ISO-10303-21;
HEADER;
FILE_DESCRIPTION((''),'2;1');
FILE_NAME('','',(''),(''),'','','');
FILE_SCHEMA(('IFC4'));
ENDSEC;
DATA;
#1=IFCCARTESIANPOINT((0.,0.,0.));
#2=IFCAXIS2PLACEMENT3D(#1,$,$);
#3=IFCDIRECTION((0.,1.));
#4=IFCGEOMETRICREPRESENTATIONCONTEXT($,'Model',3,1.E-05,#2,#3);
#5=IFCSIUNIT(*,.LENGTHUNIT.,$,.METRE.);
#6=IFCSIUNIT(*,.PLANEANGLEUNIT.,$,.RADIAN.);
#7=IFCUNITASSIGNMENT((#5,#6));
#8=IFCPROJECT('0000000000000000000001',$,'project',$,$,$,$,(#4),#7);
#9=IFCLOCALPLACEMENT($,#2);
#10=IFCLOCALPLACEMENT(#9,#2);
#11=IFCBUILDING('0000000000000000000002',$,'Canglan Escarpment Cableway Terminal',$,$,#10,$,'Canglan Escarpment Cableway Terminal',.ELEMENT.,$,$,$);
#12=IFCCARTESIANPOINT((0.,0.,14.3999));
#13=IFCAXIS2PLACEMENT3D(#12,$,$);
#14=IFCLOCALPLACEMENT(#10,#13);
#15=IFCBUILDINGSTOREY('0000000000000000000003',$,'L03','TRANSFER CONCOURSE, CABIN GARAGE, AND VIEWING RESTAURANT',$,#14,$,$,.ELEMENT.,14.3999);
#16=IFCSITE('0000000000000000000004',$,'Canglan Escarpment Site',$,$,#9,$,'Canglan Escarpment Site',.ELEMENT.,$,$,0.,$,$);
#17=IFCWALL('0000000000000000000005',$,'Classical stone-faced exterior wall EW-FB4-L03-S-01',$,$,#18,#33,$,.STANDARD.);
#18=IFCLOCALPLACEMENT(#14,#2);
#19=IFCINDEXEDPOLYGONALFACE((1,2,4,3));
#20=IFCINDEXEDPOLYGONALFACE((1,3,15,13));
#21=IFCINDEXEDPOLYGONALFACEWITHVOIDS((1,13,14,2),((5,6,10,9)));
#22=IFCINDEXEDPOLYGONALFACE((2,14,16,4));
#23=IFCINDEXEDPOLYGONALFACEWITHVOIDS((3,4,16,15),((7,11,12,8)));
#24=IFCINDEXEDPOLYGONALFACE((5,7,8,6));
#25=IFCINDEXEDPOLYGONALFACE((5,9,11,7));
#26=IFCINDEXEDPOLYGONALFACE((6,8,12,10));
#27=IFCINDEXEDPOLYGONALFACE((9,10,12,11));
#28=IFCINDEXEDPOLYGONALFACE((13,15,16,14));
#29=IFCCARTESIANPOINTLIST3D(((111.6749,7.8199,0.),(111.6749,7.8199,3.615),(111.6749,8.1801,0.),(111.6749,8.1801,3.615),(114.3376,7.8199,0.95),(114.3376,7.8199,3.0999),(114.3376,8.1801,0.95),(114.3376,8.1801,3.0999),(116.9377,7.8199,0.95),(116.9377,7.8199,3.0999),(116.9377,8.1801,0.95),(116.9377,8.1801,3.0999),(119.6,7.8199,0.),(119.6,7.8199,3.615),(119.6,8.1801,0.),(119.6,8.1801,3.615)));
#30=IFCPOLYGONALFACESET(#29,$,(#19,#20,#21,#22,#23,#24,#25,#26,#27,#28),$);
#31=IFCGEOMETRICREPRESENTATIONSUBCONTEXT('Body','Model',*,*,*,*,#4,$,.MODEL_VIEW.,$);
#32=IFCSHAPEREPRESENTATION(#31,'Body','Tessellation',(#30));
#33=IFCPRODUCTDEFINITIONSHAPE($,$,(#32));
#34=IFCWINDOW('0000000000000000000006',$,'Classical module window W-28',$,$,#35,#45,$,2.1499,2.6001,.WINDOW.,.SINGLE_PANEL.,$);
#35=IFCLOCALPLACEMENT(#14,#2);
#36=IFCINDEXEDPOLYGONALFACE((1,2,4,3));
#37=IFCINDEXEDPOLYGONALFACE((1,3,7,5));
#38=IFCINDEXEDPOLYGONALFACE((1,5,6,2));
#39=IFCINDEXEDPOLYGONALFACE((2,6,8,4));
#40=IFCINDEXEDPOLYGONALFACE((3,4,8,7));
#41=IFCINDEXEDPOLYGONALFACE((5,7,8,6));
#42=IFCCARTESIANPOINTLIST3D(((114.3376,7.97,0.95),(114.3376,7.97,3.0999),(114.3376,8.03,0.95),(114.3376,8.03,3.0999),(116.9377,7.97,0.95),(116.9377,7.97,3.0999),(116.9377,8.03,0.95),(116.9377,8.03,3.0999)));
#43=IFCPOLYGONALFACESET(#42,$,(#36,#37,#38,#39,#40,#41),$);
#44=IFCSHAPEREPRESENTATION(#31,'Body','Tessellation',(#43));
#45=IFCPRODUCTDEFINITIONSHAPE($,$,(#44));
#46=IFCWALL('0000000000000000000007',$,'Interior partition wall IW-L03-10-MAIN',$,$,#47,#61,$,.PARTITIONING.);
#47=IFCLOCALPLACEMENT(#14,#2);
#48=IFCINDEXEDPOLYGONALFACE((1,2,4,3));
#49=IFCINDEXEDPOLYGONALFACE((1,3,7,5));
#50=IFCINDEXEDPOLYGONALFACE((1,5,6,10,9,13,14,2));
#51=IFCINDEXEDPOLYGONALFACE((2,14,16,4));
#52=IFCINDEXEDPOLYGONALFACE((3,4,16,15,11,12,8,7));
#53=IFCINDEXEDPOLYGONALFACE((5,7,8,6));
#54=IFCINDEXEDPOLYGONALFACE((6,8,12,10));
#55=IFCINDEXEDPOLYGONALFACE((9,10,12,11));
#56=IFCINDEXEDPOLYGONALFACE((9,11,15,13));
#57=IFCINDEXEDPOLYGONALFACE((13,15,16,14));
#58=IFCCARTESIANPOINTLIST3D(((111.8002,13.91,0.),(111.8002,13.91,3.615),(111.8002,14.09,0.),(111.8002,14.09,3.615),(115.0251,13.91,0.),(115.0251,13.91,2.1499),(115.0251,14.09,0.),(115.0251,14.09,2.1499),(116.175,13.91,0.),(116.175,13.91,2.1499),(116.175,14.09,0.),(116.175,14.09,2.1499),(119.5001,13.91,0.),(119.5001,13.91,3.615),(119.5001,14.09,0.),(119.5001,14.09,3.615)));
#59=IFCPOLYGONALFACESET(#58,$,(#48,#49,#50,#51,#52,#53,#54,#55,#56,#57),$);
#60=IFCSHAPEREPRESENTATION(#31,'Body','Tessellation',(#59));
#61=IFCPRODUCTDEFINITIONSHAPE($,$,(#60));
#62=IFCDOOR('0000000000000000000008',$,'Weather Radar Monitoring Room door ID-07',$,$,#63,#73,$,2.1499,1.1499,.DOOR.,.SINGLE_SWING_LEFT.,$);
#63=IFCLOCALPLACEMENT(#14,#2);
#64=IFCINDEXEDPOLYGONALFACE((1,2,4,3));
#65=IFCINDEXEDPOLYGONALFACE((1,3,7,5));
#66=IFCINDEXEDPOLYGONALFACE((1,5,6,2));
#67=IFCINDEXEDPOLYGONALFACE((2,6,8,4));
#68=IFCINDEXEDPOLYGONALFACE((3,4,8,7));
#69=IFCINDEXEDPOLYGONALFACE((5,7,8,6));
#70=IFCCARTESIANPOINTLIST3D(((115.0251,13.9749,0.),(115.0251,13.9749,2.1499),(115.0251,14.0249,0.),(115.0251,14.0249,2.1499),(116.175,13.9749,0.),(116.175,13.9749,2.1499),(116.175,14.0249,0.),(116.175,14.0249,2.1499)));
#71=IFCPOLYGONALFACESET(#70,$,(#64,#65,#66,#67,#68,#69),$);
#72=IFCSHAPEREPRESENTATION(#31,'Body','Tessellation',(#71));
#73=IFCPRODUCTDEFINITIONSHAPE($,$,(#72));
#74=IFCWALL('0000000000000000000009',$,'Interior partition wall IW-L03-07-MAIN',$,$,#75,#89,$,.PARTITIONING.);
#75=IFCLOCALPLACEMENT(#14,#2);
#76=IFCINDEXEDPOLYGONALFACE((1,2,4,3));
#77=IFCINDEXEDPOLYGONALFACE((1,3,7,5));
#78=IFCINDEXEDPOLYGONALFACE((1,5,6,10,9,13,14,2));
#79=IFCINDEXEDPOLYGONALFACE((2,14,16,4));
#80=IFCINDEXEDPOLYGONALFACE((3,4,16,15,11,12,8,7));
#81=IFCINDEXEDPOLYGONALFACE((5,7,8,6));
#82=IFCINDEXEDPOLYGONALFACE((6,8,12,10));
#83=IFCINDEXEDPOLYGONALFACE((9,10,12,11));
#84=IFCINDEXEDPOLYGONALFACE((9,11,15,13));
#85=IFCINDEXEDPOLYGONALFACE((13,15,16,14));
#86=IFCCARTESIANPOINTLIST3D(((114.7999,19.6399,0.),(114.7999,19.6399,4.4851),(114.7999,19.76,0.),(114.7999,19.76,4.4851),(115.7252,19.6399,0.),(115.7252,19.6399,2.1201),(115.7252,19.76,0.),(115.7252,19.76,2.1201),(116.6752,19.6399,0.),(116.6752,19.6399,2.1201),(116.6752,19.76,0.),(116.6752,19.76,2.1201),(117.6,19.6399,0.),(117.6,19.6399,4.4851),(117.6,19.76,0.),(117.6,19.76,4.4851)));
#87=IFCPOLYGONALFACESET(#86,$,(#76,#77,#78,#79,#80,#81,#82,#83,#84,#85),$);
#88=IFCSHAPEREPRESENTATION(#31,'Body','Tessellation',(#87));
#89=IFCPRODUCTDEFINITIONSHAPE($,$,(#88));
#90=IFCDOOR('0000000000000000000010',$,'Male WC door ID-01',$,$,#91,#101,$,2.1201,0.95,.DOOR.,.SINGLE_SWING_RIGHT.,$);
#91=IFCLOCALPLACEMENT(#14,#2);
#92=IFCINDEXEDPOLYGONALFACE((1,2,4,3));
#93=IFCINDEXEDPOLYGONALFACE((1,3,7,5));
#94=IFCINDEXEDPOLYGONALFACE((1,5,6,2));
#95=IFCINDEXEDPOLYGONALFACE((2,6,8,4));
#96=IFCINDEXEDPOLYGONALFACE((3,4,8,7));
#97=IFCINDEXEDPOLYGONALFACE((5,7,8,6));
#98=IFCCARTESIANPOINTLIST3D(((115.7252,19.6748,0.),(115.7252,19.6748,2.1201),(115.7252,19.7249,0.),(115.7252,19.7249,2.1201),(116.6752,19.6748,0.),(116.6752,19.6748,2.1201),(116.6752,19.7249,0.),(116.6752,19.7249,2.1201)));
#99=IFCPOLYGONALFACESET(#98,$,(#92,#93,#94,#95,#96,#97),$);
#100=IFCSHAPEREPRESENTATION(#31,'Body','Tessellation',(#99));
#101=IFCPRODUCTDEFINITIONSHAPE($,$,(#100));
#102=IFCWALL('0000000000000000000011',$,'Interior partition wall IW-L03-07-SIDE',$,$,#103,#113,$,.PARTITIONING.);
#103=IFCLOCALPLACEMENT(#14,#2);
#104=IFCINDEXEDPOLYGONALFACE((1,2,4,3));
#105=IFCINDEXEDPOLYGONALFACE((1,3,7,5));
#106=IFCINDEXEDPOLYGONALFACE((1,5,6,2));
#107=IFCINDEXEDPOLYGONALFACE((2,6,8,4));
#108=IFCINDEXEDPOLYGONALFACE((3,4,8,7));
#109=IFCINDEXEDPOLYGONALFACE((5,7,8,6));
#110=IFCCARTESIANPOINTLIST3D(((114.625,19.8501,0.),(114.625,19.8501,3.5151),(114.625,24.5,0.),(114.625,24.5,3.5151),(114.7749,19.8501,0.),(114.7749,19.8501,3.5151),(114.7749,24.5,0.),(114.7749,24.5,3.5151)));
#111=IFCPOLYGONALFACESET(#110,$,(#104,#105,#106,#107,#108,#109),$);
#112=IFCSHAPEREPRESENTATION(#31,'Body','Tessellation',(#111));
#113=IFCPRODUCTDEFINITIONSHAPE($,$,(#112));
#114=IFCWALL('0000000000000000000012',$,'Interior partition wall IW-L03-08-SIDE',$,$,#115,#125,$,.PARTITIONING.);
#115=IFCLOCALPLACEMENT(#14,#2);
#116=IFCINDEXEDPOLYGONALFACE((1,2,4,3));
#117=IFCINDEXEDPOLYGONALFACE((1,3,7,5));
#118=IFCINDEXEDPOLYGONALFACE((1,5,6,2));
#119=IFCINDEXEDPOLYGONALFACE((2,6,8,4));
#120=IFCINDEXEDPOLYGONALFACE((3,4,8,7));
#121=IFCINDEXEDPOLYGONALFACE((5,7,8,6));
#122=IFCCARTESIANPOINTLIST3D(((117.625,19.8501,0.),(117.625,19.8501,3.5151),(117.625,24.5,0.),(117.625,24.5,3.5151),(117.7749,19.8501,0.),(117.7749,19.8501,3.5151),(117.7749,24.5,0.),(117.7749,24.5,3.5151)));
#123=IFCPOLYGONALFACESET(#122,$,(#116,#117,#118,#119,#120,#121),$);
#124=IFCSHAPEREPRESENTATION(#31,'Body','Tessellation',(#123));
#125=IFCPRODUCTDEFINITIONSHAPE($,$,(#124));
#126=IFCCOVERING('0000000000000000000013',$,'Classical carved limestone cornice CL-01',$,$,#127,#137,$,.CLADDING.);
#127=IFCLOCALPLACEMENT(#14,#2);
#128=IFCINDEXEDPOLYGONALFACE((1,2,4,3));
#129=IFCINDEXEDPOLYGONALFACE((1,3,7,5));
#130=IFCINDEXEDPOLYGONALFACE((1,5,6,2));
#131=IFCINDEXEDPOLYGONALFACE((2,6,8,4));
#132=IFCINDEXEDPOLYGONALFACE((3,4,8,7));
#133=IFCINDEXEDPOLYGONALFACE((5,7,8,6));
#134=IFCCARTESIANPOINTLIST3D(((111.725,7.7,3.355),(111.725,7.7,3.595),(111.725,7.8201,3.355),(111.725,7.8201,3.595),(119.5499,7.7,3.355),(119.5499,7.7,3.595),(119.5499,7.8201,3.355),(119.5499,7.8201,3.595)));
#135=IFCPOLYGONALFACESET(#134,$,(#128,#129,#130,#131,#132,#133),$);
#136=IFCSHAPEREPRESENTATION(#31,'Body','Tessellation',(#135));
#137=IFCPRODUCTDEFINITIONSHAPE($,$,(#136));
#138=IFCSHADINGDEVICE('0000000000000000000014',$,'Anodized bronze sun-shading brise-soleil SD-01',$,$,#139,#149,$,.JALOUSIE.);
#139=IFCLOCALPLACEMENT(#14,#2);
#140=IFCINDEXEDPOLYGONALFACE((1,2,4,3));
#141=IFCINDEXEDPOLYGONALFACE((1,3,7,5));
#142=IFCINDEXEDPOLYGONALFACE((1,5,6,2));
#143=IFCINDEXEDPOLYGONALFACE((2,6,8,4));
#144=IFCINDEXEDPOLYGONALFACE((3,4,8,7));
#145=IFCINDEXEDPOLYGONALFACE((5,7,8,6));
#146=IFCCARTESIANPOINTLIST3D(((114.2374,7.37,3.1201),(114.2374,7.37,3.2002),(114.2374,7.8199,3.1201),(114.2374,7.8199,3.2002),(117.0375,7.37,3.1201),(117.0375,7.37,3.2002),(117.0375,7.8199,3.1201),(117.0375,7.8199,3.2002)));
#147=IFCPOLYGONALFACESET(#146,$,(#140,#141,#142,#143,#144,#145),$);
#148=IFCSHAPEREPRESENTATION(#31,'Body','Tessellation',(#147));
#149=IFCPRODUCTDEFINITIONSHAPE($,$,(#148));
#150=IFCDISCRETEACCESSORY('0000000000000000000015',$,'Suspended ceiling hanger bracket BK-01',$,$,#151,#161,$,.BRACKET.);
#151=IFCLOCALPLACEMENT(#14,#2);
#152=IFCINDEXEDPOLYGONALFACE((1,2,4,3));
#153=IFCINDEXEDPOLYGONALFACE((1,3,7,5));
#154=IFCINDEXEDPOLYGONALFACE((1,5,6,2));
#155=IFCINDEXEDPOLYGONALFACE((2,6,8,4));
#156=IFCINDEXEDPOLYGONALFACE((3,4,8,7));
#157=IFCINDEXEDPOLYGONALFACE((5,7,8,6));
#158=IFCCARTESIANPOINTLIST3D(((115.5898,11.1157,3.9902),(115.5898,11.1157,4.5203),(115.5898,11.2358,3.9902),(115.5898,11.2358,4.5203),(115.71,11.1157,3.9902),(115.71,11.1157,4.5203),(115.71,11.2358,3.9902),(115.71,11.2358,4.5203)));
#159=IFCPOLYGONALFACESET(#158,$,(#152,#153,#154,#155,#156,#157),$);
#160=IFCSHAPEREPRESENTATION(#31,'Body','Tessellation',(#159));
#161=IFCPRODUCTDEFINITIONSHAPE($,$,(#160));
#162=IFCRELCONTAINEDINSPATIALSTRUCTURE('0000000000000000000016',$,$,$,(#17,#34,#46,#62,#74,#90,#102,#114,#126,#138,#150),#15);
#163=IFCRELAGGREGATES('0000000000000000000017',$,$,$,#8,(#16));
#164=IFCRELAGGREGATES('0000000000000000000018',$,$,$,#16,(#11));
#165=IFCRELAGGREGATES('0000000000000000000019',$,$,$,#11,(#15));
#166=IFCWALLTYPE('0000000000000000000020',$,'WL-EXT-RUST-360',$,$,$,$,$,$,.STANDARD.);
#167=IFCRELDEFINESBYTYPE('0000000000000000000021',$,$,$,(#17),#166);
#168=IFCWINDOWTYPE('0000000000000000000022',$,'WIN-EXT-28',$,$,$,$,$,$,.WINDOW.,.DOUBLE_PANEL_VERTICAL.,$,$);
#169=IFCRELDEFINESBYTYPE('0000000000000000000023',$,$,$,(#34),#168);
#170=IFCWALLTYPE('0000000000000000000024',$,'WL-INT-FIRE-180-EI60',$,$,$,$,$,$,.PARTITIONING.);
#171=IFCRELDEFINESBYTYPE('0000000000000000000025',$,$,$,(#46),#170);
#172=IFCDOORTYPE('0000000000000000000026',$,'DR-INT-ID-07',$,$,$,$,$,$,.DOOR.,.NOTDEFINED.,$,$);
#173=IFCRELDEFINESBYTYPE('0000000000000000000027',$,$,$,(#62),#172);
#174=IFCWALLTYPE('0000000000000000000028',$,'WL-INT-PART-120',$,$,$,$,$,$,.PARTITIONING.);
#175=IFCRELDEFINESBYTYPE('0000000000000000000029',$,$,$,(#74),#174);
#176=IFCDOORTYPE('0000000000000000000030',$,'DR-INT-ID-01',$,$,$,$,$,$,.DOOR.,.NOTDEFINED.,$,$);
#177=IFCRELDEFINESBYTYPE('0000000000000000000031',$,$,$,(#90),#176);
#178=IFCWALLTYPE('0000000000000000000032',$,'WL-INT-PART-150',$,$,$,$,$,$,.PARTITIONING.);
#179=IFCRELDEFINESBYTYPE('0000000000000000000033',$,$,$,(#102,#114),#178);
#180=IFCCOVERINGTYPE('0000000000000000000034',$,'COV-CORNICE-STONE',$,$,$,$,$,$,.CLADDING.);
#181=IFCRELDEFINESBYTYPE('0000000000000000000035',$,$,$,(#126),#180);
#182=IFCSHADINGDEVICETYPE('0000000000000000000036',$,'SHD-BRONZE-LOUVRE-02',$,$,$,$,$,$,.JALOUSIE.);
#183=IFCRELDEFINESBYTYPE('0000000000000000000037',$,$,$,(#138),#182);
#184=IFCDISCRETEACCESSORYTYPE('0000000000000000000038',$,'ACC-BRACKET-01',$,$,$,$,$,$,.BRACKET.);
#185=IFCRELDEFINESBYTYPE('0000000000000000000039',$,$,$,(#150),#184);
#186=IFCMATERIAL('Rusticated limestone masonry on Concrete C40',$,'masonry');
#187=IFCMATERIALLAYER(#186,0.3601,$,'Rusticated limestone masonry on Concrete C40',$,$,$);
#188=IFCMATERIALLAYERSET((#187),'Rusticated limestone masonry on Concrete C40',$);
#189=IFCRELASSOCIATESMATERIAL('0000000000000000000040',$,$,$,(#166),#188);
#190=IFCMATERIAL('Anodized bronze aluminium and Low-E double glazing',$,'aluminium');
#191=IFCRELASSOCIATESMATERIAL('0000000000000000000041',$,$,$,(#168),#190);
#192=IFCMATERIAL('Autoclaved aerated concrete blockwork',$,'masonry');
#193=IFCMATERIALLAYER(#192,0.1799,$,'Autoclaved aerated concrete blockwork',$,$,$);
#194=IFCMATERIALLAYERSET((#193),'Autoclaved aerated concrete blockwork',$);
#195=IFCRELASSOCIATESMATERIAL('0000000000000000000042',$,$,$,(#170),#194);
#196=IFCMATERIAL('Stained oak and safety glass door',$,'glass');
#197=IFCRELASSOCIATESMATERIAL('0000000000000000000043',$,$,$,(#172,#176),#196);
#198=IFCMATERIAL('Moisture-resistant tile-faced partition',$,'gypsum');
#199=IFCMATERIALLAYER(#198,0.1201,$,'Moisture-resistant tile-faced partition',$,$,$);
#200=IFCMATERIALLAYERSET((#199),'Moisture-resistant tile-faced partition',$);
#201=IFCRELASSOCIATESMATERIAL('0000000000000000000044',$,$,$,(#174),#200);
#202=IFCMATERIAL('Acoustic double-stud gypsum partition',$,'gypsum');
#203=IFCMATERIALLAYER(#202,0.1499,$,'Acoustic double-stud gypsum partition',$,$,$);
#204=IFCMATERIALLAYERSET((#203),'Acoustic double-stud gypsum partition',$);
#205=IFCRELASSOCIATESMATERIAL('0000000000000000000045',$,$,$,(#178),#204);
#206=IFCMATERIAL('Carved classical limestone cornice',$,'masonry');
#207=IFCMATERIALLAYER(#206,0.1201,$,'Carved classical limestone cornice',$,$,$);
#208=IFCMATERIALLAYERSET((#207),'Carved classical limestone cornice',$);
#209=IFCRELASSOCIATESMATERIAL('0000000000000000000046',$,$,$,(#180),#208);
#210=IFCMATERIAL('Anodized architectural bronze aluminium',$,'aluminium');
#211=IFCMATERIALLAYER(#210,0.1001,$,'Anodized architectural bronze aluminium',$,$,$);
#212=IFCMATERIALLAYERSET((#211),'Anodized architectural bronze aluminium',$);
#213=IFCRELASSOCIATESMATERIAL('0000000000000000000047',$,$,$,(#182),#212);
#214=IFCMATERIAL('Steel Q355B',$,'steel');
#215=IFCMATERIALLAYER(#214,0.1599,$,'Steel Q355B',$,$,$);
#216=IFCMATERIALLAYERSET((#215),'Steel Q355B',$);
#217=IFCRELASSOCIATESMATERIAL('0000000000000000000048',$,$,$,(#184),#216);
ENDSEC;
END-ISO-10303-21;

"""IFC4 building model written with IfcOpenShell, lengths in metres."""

from ifc_helpers import new_model, si_unit, direction, frame, frame_2d, origin, origin_2d, place, context, subcontext, project, spatial, rectangle, extrude, material, layer, layer_set, type_object, element, fill, save


model = new_model("IFC4")

# Units and contexts
model_context = context("Model", 3, precision=1e-05, world=origin(), true_north=direction((0.0, 1.0)))
body_context = subcontext(model_context, "Body", "Model", "MODEL_VIEW")
ifc_project = project(units=[si_unit("LENGTHUNIT", "METRE"), si_unit("PLANEANGLEUNIT", "RADIAN")], contexts=[model_context])

# Site, building, storey
site_placement = place(None, origin())
site = spatial("IfcSite", under=ifc_project, at=site_placement, Name="Canglan Escarpment Site", LongName="Canglan Escarpment Site", CompositionType="ELEMENT", RefElevation=0.0)
building_placement = place(site_placement, origin())
building = spatial("IfcBuilding", under=site, at=building_placement, Name="Canglan Escarpment Cableway Terminal", LongName="Canglan Escarpment Cableway Terminal", CompositionType="ELEMENT")
storey_placement = place(building_placement, frame((0.0, 0.0, 14.3999)))
storey = spatial("IfcBuildingStorey", under=building, at=storey_placement, Name="L03", Description="TRANSFER CONCOURSE, CABIN GARAGE, AND VIEWING RESTAURANT", CompositionType="ELEMENT", Elevation=14.3999)

# Shared definitions
ifc_material_1 = material(Name="Anodized bronze aluminium and Low-E double glazing", Category="aluminium")

# Shared definitions
ifc_material_2 = material(Name="Steel Q355B", Category="steel")

# Wall, opening, window
ifc_material_3 = material(Name="Rusticated limestone masonry on Concrete C40", Category="masonry")
ifc_layer_1 = layer(ifc_material_3, 0.3601, Name="Rusticated limestone masonry on Concrete C40")
ifc_layer_set_1 = layer_set([ifc_layer_1], Name="Rusticated limestone masonry on Concrete C40")
wall_type_1 = type_object("IfcWallType", Name="WL-EXT-RUST-360", PredefinedType="STANDARD", material=ifc_layer_set_1)
wall_1_placement = place(storey_placement, frame((111.675, 8.0, 0.0), z_axis=(0.0, 0.0, 1.0), x_axis=(1.0, 0.0, 0.0)))
wall_1 = element("IfcWall", 1, at=wall_1_placement, inside=storey, type_object=wall_type_1, Name="Classical stone-faced exterior wall EW-FB4-L03-S-01", PredefinedType="STANDARD", context=body_context, shape_type="SweptSolid", body=[
    extrude(rectangle(XDim=7.925, YDim=0.3601, at=frame_2d((3.9624, 0.0))), origin(), (0.0, 0.0, 1.0), 3.615),
])
opening_1_placement = place(wall_1_placement, frame((2.6626, 0.0, 0.95)))
opening_1 = element("IfcOpeningElement", 2, at=opening_1_placement, cuts=wall_1, PredefinedType="OPENING", context=body_context, shape_type="SweptSolid", body=[
    extrude(rectangle(XDim=2.6001, YDim=2.1499, at=frame_2d((1.3, 1.075))), frame((0.0, 0.1899, 0.0), z_axis=(0.0, -1.0, 0.0), x_axis=(1.0, 0.0, 0.0)), (0.0, 0.0, 1.0), 0.3801),
])
window_type = type_object("IfcWindowType", Name="WIN-EXT-28", PartitioningType="DOUBLE_PANEL_VERTICAL", PredefinedType="WINDOW", material=ifc_material_1)
window_placement = place(opening_1_placement, origin())
window = element("IfcWindow", 3, at=window_placement, inside=storey, type_object=window_type, Name="Classical module window W-28", OverallHeight=2.1499, OverallWidth=2.6001, PartitioningType="SINGLE_PANEL", PredefinedType="WINDOW", context=body_context, shape_type="SweptSolid", body=[
    extrude(rectangle(XDim=2.6001, YDim=2.1499, at=frame_2d((1.3, 1.075))), frame((0.0, 0.03, 0.0), z_axis=(0.0, -1.0, 0.0), x_axis=(1.0, 0.0, 0.0)), (0.0, 0.0, 1.0), 0.0601),
])
fill(opening_1, window)

# Walls, openings, doors
ifc_material_4 = material(Name="Autoclaved aerated concrete blockwork", Category="masonry")
ifc_layer_2 = layer(ifc_material_4, 0.1799, Name="Autoclaved aerated concrete blockwork")
ifc_layer_set_2 = layer_set([ifc_layer_2], Name="Autoclaved aerated concrete blockwork")
wall_type_2 = type_object("IfcWallType", Name="WL-INT-FIRE-180-EI60", PredefinedType="PARTITIONING", material=ifc_layer_set_2)
wall_2_placement = place(storey_placement, frame((111.8, 14.0, 0.0), z_axis=(0.0, 0.0, 1.0), x_axis=(1.0, 0.0, 0.0)))
wall_2 = element("IfcWall", 4, at=wall_2_placement, inside=storey, type_object=wall_type_2, Name="Interior partition wall IW-L03-10-MAIN", PredefinedType="PARTITIONING", context=body_context, shape_type="SweptSolid", body=[
    extrude(rectangle(XDim=7.7, YDim=0.1799, at=frame_2d((3.8501, 0.0))), origin(), (0.0, 0.0, 1.0), 3.615),
])
opening_2_placement = place(wall_2_placement, frame((3.2251, 0.0, 0.0)))
opening_2 = element("IfcOpeningElement", 5, at=opening_2_placement, cuts=wall_2, PredefinedType="OPENING", context=body_context, shape_type="SweptSolid", body=[
    extrude(rectangle(XDim=1.1499, YDim=2.1499, at=frame_2d((0.575, 1.075))), frame((0.0, 0.1001, 0.0), z_axis=(0.0, -1.0, 0.0), x_axis=(1.0, 0.0, 0.0)), (0.0, 0.0, 1.0), 0.2),
])
ifc_material_5 = material(Name="Stained oak and safety glass door", Category="glass")
door_type_1 = type_object("IfcDoorType", Name="DR-INT-ID-07", OperationType="NOTDEFINED", PredefinedType="DOOR", material=ifc_material_5)
door_1_placement = place(opening_2_placement, origin())
door_1 = element("IfcDoor", 6, at=door_1_placement, inside=storey, type_object=door_type_1, Name="Weather Radar Monitoring Room door ID-07", OperationType="SINGLE_SWING_LEFT", OverallHeight=2.1499, OverallWidth=1.1499, PredefinedType="DOOR", context=body_context, shape_type="SweptSolid", body=[
    extrude(rectangle(XDim=1.1499, YDim=2.1499, at=frame_2d((0.575, 1.075))), frame((0.0, 0.0249, 0.0), z_axis=(0.0, -1.0, 0.0), x_axis=(1.0, 0.0, 0.0)), (0.0, 0.0, 1.0), 0.05),
])
fill(opening_2, door_1)
ifc_material_6 = material(Name="Moisture-resistant tile-faced partition", Category="gypsum")
ifc_layer_3 = layer(ifc_material_6, 0.1201, Name="Moisture-resistant tile-faced partition")
ifc_layer_set_3 = layer_set([ifc_layer_3], Name="Moisture-resistant tile-faced partition")
wall_type_3 = type_object("IfcWallType", Name="WL-INT-PART-120", PredefinedType="PARTITIONING", material=ifc_layer_set_3)
door_type_2 = type_object("IfcDoorType", Name="DR-INT-ID-01", OperationType="NOTDEFINED", PredefinedType="DOOR", material=ifc_material_5)
wall_3_placement = place(storey_placement, frame((114.8, 19.7, 0.0), z_axis=(0.0, 0.0, 1.0), x_axis=(1.0, 0.0, 0.0)))
wall_3 = element("IfcWall", 7, at=wall_3_placement, inside=storey, type_object=wall_type_3, Name="Interior partition wall IW-L03-07-MAIN", PredefinedType="PARTITIONING", context=body_context, shape_type="SweptSolid", body=[
    extrude(rectangle(XDim=2.8, YDim=0.1201, at=frame_2d((1.3999, 0.0))), origin(), (0.0, 0.0, 1.0), 4.4851),
])
opening_3_placement = place(wall_3_placement, frame((0.925, 0.0, 0.0)))
opening_3 = element("IfcOpeningElement", 8, at=opening_3_placement, cuts=wall_3, PredefinedType="OPENING", context=body_context, shape_type="SweptSolid", body=[
    extrude(rectangle(XDim=0.95, YDim=2.1201, at=frame_2d((0.4751, 1.0601))), frame((0.0, 0.0701, 0.0), z_axis=(0.0, -1.0, 0.0), x_axis=(1.0, 0.0, 0.0)), (0.0, 0.0, 1.0), 0.1401),
])
door_2_placement = place(opening_3_placement, origin())
door_2 = element("IfcDoor", 9, at=door_2_placement, inside=storey, type_object=door_type_2, Name="Male WC door ID-01", OperationType="SINGLE_SWING_RIGHT", OverallHeight=2.1201, OverallWidth=0.95, PredefinedType="DOOR", context=body_context, shape_type="SweptSolid", body=[
    extrude(rectangle(XDim=0.95, YDim=2.1201, at=frame_2d((0.4751, 1.0601))), frame((0.0, 0.0249, 0.0), z_axis=(0.0, -1.0, 0.0), x_axis=(1.0, 0.0, 0.0)), (0.0, 0.0, 1.0), 0.05),
])
fill(opening_3, door_2)

# Walls
ifc_material_7 = material(Name="Acoustic double-stud gypsum partition", Category="gypsum")
ifc_layer_4 = layer(ifc_material_7, 0.1499, Name="Acoustic double-stud gypsum partition")
ifc_layer_set_4 = layer_set([ifc_layer_4], Name="Acoustic double-stud gypsum partition")
wall_type_4 = type_object("IfcWallType", Name="WL-INT-PART-150", PredefinedType="PARTITIONING", material=ifc_layer_set_4)
for number, where, z_axis, x_axis, name in (
    (10, (114.7, 19.8501, 0.0), (0.0, 0.0, 1.0), (0.0, 1.0, 0.0), "Interior partition wall IW-L03-07-SIDE"),
    (11, (117.7, 19.8501, 0.0), (0.0, 0.0, 1.0), (0.0, 1.0, 0.0), "Interior partition wall IW-L03-08-SIDE"),
):
    element("IfcWall", number, at=place(storey_placement, frame(where, z_axis=z_axis, x_axis=x_axis)), inside=storey, type_object=wall_type_4, Name=name, PredefinedType="PARTITIONING", context=body_context, shape_type="SweptSolid", body=[
        extrude(rectangle(XDim=4.6499, YDim=0.1499, at=frame_2d((2.325, 0.0))), origin(), (0.0, 0.0, 1.0), 3.5151),
    ])

# Covering
ifc_material_8 = material(Name="Carved classical limestone cornice", Category="masonry")
ifc_layer_5 = layer(ifc_material_8, 0.1201, Name="Carved classical limestone cornice")
ifc_layer_set_5 = layer_set([ifc_layer_5], Name="Carved classical limestone cornice")
covering_type = type_object("IfcCoveringType", Name="COV-CORNICE-STONE", PredefinedType="CLADDING", material=ifc_layer_set_5)
covering_placement = place(storey_placement, frame((115.6375, 7.76, 3.355), z_axis=(0.0, 0.0, 1.0), x_axis=(1.0, 0.0, 0.0)))
element("IfcCovering", 12, at=covering_placement, inside=storey, type_object=covering_type, Name="Classical carved limestone cornice CL-01", PredefinedType="CLADDING", context=body_context, shape_type="SweptSolid", body=[
    extrude(rectangle(XDim=7.825, YDim=0.1201, at=origin_2d()), origin(), (0.0, 0.0, 1.0), 0.24),
])

# Shading device
ifc_material_9 = material(Name="Anodized architectural bronze aluminium", Category="aluminium")
ifc_layer_6 = layer(ifc_material_9, 0.1001, Name="Anodized architectural bronze aluminium")
ifc_layer_set_6 = layer_set([ifc_layer_6], Name="Anodized architectural bronze aluminium")
shading_device_type = type_object("IfcShadingDeviceType", Name="SHD-BRONZE-LOUVRE-02", PredefinedType="JALOUSIE", material=ifc_layer_set_6)
shading_device_placement = place(storey_placement, frame((115.6375, 7.595, 3.1201), z_axis=(0.0, 0.0, 1.0), x_axis=(1.0, 0.0, 0.0)))
element("IfcShadingDevice", 13, at=shading_device_placement, inside=storey, type_object=shading_device_type, Name="Anodized bronze sun-shading brise-soleil SD-01", PredefinedType="JALOUSIE", context=body_context, shape_type="SweptSolid", body=[
    extrude(rectangle(XDim=2.8, YDim=0.45, at=origin_2d()), origin(), (0.0, 0.0, 1.0), 0.0801),
])

# Discrete accessory
ifc_layer_7 = layer(ifc_material_2, 0.1599, Name="Steel Q355B")
ifc_layer_set_7 = layer_set([ifc_layer_7], Name="Steel Q355B")
discrete_accessory_type = type_object("IfcDiscreteAccessoryType", Name="ACC-BRACKET-01", PredefinedType="BRACKET", material=ifc_layer_set_7)
discrete_accessory_placement = place(storey_placement, frame((115.6499, 11.1758, 3.9902), z_axis=(0.0, 0.0, 1.0), x_axis=(1.0, 0.0, 0.0)))
element("IfcDiscreteAccessory", 14, at=discrete_accessory_placement, inside=storey, type_object=discrete_accessory_type, Name="Suspended ceiling hanger bracket BK-01", PredefinedType="BRACKET", context=body_context, shape_type="SweptSolid", body=[
    extrude(rectangle(XDim=0.1201, YDim=0.1201, at=origin_2d()), origin(), (0.0, 0.0, 1.0), 0.53),
])

save(model, "model.ifc")
